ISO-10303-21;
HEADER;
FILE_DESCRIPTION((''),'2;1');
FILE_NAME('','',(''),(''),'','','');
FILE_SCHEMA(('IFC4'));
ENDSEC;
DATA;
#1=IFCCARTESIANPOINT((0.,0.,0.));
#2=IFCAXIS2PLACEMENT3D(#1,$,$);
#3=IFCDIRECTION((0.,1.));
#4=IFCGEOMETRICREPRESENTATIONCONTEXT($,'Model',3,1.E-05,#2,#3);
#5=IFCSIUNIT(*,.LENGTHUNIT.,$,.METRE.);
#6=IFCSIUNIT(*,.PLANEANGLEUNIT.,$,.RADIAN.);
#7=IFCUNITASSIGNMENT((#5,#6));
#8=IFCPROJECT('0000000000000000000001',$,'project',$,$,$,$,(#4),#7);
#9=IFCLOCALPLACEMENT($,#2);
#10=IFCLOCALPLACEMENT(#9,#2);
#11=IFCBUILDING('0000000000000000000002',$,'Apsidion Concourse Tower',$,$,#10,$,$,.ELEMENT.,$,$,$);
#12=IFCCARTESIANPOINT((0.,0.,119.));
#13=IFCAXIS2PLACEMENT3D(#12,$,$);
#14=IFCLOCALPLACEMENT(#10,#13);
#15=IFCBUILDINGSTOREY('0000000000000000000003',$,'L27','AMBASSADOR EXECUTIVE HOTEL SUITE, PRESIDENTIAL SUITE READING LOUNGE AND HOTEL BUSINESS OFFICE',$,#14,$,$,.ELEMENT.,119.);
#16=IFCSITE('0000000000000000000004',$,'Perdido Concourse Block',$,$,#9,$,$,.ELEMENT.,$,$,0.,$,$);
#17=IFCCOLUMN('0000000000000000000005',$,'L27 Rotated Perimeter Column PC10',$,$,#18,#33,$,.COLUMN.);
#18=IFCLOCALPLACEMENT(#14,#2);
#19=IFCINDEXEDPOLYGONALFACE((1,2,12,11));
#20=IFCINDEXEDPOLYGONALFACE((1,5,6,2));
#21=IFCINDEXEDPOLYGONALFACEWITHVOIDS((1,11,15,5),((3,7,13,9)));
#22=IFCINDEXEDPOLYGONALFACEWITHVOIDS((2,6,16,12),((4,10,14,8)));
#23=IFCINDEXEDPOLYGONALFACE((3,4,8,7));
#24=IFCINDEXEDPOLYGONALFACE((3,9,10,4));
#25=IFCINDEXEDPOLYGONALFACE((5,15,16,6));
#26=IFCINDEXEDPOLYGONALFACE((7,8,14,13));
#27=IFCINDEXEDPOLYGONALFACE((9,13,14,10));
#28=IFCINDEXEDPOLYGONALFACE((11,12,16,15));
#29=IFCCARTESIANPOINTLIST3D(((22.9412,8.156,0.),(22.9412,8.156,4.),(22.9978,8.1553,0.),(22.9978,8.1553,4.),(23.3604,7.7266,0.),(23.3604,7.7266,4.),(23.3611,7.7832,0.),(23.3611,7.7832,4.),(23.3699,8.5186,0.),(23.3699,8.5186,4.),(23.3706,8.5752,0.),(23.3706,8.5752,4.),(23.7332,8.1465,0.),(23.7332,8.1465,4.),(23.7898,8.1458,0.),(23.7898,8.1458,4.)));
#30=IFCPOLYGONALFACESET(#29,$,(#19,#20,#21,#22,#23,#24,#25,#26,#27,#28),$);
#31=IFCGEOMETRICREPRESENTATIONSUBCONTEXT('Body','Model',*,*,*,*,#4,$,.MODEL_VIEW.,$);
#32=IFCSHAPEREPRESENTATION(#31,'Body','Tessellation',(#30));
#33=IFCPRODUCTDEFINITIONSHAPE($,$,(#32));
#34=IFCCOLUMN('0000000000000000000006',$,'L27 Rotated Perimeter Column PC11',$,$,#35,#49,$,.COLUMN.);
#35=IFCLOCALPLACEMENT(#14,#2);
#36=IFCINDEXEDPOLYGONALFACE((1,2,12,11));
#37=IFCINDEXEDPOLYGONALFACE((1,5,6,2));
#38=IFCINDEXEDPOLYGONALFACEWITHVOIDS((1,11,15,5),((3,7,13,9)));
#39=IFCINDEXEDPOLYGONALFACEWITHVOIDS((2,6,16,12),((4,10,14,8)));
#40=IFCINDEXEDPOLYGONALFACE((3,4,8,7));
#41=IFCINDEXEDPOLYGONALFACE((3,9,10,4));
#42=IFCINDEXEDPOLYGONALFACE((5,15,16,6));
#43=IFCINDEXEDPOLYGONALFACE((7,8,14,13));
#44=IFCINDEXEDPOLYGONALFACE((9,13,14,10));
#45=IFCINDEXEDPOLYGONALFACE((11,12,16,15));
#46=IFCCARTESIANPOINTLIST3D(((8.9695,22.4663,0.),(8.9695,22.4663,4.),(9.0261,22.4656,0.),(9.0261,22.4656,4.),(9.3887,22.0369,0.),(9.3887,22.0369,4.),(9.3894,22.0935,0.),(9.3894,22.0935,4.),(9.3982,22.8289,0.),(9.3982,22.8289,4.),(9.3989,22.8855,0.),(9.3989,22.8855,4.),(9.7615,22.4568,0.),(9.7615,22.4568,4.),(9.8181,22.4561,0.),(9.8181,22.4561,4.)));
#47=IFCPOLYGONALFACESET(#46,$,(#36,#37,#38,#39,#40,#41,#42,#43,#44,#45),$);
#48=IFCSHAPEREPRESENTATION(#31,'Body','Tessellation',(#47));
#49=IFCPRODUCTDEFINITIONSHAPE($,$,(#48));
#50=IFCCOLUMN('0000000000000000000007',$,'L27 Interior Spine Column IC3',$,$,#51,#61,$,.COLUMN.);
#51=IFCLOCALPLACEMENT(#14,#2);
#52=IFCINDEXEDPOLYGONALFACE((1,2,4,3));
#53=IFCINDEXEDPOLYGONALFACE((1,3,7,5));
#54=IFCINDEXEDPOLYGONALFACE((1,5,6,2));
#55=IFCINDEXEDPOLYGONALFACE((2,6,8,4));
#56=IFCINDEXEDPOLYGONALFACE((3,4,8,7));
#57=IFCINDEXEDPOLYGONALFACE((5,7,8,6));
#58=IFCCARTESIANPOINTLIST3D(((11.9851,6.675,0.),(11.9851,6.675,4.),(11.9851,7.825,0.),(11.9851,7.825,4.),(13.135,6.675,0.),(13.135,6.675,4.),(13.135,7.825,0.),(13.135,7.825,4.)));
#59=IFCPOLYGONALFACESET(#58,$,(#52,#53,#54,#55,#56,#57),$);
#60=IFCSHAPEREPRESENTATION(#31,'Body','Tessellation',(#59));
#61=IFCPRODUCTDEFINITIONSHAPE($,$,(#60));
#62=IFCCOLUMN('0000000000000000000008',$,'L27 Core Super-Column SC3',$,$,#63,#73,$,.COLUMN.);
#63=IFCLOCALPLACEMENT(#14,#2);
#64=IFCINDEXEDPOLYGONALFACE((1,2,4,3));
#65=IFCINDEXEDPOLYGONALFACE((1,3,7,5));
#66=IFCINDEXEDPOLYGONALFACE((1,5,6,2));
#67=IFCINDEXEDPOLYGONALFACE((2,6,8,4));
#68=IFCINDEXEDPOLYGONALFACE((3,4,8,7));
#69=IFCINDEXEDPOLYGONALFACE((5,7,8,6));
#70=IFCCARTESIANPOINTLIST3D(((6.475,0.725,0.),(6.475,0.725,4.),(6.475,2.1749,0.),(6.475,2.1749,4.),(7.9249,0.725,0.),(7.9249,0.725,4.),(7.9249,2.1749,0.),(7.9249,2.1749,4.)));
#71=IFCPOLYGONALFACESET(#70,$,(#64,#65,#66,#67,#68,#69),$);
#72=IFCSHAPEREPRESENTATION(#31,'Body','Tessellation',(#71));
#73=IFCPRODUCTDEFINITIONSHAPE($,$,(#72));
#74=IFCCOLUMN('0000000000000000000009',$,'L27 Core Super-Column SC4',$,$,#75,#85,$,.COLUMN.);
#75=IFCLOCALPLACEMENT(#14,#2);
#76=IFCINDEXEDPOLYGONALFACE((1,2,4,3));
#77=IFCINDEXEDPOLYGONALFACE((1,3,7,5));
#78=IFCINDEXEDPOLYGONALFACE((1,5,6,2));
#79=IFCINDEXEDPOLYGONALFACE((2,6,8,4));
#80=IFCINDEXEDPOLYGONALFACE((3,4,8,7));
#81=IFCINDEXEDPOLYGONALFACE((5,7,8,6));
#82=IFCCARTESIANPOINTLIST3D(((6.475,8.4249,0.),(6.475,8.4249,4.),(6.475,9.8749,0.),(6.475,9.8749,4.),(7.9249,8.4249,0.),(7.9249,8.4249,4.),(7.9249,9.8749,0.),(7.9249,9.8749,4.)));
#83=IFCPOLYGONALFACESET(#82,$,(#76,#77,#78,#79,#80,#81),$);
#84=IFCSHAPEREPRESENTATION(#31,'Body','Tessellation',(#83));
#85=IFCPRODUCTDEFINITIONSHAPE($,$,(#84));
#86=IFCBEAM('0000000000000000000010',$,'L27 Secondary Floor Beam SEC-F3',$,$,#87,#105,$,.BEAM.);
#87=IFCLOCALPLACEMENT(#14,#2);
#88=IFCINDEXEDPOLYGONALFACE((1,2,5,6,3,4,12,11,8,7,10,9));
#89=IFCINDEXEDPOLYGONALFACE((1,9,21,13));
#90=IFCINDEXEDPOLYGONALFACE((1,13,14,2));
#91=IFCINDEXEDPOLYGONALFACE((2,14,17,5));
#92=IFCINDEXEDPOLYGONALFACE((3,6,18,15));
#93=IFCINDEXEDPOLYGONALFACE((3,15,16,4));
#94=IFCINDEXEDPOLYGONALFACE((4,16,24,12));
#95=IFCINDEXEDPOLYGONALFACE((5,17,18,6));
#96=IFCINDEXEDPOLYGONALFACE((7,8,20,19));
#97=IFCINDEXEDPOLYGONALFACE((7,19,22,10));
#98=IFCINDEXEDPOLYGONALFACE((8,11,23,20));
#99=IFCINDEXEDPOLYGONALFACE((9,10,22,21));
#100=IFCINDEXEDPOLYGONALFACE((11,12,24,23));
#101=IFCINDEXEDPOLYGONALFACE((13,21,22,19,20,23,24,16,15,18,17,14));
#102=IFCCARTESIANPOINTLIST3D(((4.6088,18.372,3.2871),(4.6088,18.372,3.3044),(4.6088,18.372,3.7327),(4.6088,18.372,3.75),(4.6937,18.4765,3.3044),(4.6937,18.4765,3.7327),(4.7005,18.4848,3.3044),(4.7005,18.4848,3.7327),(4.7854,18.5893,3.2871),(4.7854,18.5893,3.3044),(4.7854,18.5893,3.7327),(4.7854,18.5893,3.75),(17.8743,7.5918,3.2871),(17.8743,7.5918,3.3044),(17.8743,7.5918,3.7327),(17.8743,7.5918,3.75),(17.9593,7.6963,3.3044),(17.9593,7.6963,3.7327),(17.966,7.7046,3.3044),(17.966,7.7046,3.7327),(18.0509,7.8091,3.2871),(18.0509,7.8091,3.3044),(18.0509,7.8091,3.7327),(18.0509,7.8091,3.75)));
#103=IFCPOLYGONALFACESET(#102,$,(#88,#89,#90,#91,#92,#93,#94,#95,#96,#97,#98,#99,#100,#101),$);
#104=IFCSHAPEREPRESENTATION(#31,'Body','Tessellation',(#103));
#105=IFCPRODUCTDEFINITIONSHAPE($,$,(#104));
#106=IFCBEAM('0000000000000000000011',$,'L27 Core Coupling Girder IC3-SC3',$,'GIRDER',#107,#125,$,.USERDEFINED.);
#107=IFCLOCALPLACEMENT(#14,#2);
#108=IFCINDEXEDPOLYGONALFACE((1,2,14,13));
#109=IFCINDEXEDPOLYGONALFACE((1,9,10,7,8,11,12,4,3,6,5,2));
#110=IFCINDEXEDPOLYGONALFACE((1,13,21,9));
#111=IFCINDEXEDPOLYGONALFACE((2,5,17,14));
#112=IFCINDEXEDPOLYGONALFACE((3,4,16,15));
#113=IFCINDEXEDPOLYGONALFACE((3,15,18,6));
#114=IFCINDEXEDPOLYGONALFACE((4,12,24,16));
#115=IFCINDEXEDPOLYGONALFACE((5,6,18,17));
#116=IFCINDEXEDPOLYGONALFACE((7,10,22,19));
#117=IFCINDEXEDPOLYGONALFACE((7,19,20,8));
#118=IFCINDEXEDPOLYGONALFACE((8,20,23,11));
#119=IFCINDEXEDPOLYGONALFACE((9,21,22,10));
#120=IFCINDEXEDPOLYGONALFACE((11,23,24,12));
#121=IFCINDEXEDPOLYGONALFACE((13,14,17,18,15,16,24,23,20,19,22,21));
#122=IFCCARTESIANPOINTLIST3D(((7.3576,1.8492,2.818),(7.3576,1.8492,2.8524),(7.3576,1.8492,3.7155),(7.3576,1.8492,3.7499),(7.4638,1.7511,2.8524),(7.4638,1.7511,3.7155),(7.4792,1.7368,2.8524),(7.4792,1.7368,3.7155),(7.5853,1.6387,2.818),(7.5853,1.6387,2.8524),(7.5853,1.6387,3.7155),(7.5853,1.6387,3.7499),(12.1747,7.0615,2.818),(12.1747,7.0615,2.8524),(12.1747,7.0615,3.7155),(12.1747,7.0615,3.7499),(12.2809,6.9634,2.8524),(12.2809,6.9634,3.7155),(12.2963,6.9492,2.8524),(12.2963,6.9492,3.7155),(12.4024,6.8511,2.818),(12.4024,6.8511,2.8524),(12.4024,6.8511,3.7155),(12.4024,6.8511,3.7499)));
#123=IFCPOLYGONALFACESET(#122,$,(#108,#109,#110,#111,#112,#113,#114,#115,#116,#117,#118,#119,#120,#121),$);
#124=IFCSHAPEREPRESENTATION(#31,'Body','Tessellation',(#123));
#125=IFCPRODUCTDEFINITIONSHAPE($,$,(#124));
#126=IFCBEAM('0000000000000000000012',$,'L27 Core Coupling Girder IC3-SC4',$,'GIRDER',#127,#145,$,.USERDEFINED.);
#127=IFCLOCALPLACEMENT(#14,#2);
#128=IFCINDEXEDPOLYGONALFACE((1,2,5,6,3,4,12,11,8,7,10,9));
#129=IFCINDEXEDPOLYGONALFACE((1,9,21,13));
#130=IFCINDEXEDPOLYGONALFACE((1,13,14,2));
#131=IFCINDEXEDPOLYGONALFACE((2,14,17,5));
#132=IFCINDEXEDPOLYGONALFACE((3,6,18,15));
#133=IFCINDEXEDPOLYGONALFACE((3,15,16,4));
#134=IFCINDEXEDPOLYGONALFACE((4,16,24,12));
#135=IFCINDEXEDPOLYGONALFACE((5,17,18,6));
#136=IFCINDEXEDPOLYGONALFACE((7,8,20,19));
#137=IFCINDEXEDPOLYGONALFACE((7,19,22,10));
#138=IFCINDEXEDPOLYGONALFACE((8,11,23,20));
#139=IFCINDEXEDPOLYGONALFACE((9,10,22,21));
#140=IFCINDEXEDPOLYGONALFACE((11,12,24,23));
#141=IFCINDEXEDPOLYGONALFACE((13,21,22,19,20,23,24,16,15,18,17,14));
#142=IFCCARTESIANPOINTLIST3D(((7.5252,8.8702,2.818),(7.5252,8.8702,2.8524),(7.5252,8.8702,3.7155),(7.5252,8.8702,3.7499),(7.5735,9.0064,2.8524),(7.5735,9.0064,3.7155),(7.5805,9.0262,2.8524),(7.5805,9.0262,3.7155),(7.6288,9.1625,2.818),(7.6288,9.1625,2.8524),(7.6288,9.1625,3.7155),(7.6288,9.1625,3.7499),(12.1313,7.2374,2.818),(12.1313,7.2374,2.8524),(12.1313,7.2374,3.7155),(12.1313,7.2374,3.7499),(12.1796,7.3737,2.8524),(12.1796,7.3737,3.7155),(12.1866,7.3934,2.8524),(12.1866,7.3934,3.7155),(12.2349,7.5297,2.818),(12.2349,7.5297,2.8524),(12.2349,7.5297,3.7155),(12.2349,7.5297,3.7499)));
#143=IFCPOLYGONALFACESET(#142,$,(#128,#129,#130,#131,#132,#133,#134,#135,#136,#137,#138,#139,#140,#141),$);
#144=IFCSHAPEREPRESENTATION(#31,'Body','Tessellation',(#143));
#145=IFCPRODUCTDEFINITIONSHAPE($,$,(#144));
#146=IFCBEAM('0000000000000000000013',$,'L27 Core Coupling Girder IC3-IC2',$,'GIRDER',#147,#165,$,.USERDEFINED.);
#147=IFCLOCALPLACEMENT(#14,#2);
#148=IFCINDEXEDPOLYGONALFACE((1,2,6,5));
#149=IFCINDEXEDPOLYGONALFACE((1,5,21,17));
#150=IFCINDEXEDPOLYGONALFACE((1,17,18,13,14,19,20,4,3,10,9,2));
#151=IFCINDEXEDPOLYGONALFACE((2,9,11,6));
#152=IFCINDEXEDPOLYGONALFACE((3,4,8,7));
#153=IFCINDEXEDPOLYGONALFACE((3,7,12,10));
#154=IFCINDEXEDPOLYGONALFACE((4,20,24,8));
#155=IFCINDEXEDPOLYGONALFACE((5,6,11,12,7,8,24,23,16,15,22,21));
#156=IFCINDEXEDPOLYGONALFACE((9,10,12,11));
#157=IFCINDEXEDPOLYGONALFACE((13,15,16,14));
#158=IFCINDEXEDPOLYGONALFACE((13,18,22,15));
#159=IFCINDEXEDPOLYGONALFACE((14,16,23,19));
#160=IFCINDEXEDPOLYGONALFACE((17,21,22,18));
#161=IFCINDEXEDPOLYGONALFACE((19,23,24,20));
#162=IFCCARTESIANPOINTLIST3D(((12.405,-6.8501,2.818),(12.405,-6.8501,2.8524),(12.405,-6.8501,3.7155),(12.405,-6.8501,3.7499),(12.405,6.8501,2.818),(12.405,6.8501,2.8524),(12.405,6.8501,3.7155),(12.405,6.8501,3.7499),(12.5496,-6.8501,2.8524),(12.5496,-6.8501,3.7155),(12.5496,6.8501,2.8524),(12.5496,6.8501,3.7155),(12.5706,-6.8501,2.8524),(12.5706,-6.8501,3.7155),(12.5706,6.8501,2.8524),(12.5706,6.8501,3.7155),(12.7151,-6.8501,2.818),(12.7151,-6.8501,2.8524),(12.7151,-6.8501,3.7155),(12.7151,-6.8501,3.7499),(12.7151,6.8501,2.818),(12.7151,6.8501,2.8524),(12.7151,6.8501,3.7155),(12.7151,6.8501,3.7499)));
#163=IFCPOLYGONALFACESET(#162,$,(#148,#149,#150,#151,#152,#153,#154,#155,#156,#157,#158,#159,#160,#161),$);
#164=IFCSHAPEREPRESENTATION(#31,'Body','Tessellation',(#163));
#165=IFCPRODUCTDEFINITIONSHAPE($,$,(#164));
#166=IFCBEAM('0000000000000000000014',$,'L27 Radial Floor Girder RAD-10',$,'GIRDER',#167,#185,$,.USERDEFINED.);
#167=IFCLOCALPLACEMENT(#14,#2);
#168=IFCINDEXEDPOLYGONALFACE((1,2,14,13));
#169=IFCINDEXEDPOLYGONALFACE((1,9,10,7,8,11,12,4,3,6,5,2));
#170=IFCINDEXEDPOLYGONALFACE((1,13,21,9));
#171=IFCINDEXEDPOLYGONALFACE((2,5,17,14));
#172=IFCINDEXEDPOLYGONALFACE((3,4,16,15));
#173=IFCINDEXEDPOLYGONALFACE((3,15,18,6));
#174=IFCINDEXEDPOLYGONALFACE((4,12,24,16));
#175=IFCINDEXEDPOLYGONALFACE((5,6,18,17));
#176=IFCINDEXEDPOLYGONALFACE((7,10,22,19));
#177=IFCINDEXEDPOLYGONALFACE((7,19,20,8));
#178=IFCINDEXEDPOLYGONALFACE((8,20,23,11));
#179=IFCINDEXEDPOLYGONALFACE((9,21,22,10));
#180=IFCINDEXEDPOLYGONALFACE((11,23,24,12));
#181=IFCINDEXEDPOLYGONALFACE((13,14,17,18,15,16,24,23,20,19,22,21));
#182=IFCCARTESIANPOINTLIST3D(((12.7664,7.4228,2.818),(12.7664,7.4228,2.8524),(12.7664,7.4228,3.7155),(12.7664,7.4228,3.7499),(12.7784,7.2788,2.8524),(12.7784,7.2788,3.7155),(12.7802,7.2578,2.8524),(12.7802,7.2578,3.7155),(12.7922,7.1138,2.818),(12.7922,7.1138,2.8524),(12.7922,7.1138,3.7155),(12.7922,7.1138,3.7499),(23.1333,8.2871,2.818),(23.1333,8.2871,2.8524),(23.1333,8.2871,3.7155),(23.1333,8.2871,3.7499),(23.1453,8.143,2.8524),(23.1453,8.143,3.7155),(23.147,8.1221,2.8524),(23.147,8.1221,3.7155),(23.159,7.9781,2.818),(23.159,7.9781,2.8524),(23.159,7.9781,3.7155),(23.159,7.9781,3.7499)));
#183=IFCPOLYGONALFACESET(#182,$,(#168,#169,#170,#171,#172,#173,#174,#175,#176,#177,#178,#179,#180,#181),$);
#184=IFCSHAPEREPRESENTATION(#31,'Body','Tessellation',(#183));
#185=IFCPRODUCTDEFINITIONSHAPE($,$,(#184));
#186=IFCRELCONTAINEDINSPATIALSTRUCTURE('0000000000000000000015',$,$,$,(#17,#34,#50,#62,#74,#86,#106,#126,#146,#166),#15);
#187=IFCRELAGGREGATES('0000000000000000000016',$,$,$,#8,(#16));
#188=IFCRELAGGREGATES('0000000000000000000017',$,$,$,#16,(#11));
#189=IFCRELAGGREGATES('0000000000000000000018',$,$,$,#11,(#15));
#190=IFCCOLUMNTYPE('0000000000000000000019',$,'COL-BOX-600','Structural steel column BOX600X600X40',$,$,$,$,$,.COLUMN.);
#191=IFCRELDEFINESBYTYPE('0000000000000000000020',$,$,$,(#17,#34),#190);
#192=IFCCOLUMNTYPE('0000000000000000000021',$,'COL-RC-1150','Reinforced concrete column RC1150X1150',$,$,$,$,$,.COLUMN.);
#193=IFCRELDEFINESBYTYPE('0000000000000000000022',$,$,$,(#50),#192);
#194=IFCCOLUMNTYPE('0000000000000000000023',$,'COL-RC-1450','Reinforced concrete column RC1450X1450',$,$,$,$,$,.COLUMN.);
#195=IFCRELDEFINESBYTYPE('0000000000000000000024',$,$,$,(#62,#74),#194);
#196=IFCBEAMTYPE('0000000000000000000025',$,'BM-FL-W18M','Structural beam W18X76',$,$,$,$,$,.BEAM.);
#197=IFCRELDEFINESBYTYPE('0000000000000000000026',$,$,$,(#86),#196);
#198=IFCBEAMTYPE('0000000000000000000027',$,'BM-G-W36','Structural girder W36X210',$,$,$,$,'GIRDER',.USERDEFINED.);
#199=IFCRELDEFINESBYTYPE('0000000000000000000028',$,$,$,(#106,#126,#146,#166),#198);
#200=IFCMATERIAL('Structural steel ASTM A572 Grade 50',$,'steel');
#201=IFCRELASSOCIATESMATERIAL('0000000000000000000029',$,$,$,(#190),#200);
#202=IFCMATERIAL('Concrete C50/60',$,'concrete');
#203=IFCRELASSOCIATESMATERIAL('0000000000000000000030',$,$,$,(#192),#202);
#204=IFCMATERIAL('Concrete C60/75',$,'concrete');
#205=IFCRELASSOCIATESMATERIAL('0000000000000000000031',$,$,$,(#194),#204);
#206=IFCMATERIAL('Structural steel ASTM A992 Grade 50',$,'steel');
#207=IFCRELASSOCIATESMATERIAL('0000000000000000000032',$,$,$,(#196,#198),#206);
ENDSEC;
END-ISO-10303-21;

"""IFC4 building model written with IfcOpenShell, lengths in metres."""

from ifc_helpers import new_model, si_unit, direction, frame, origin, origin_2d, place, context, subcontext, project, spatial, rectangle, hollow_rectangle, i_section, extrude, material, material_profile, profile_set, type_object, element, save


model = new_model("IFC4")

# Units and contexts
model_context = context("Model", 3, precision=1e-05, world=origin(), true_north=direction((0.0, 1.0)))
body_context = subcontext(model_context, "Body", "Model", "MODEL_VIEW")
ifc_project = project(units=[si_unit("LENGTHUNIT", "METRE"), si_unit("PLANEANGLEUNIT", "RADIAN")], contexts=[model_context])

# Site, building, storey
site_placement = place(None, origin())
site = spatial("IfcSite", under=ifc_project, at=site_placement, Name="Perdido Concourse Block", CompositionType="ELEMENT", RefElevation=0.0)
building_placement = place(site_placement, origin())
building = spatial("IfcBuilding", under=site, at=building_placement, Name="Apsidion Concourse Tower", CompositionType="ELEMENT")
storey_placement = place(building_placement, frame((0.0, 0.0, 119.0)))
storey = spatial("IfcBuildingStorey", under=building, at=storey_placement, Name="L27", Description="AMBASSADOR EXECUTIVE HOTEL SUITE, PRESIDENTIAL SUITE READING LOUNGE AND HOTEL BUSINESS OFFICE", CompositionType="ELEMENT", Elevation=119.0)

# Columns
ifc_material_1 = material(Name="Structural steel ASTM A572 Grade 50", Category="steel")
ifc_material_profile_1 = material_profile(ifc_material_1, hollow_rectangle(XDim=0.6001, YDim=0.6001, WallThickness=0.04, at=origin_2d()), Name="BOX600X600X40")
ifc_profile_set_1 = profile_set([ifc_material_profile_1], Name="Structural steel ASTM A572 Grade 50")
column_type_1 = type_object("IfcColumnType", Name="COL-BOX-600", Description="Structural steel column BOX600X600X40", PredefinedType="COLUMN", material=ifc_profile_set_1)
for number, where, z_axis, x_axis, name in (
    (1, (23.3655, 8.1509, 0.0), (0.0, 0.0, 1.0), (-0.69854, 0.715571, 0.0), "L27 Rotated Perimeter Column PC10"),
    (2, (9.3938, 22.4612, 0.0), (0.0, 0.0, 1.0), (-0.69854, 0.715571, 0.0), "L27 Rotated Perimeter Column PC11"),
):
    element("IfcColumn", number, at=place(storey_placement, frame(where, z_axis=z_axis, x_axis=x_axis)), inside=storey, type_object=column_type_1, Name=name, PredefinedType="COLUMN", context=body_context, shape_type="SweptSolid", body=[
        extrude(hollow_rectangle(XDim=0.6001, YDim=0.6001, WallThickness=0.04, at=origin_2d()), origin(), (0.0, 0.0, 1.0), 4.0),
    ])
ifc_material_2 = material(Name="Concrete C50/60", Category="concrete")
ifc_material_profile_2 = material_profile(ifc_material_2, rectangle(XDim=1.1499, YDim=1.1499, at=origin_2d()), Name="RC 1150x1150")
ifc_profile_set_2 = profile_set([ifc_material_profile_2], Name="Concrete C50/60")
column_type_2 = type_object("IfcColumnType", Name="COL-RC-1150", Description="Reinforced concrete column RC1150X1150", PredefinedType="COLUMN", material=ifc_profile_set_2)
column_placement = place(storey_placement, frame((12.5601, 7.25, 0.0), z_axis=(0.0, 0.0, 1.0), x_axis=(1.0, 0.0, 0.0)))
element("IfcColumn", 3, at=column_placement, inside=storey, type_object=column_type_2, Name="L27 Interior Spine Column IC3", PredefinedType="COLUMN", context=body_context, shape_type="SweptSolid", body=[
    extrude(rectangle(XDim=1.1499, YDim=1.1499, at=origin_2d()), origin(), (0.0, 0.0, 1.0), 4.0),
])
ifc_material_3 = material(Name="Concrete C60/75", Category="concrete")
ifc_material_profile_3 = material_profile(ifc_material_3, rectangle(XDim=1.45, YDim=1.45, at=origin_2d()), Name="RC 1450x1450")
ifc_profile_set_3 = profile_set([ifc_material_profile_3], Name="Concrete C60/75")
column_type_3 = type_object("IfcColumnType", Name="COL-RC-1450", Description="Reinforced concrete column RC1450X1450", PredefinedType="COLUMN", material=ifc_profile_set_3)
for number, where, z_axis, x_axis, name in (
    (4, (7.2, 1.45, 0.0), (0.0, 0.0, 1.0), (1.0, 0.0, 0.0), "L27 Core Super-Column SC3"),
    (5, (7.2, 9.1499, 0.0), (0.0, 0.0, 1.0), (1.0, 0.0, 0.0), "L27 Core Super-Column SC4"),
):
    element("IfcColumn", number, at=place(storey_placement, frame(where, z_axis=z_axis, x_axis=x_axis)), inside=storey, type_object=column_type_3, Name=name, PredefinedType="COLUMN", context=body_context, shape_type="SweptSolid", body=[
        extrude(rectangle(XDim=1.45, YDim=1.45, at=origin_2d()), origin(), (0.0, 0.0, 1.0), 4.0),
    ])

# Beams
ifc_material_4 = material(Name="Structural steel ASTM A992 Grade 50", Category="steel")
ifc_material_profile_4 = material_profile(ifc_material_4, i_section(OverallWidth=0.28, OverallDepth=0.4629, WebThickness=0.0107, FlangeThickness=0.0173, at=origin_2d()), Name="W18X76")
ifc_profile_set_4 = profile_set([ifc_material_profile_4], Name="Structural steel ASTM A992 Grade 50")
beam_type_1 = type_object("IfcBeamType", Name="BM-FL-W18M", Description="Structural beam W18X76", PredefinedType="BEAM", material=ifc_profile_set_4)
beam_1_placement = place(storey_placement, frame((17.9626, 7.7004, 3.5186), z_axis=(-0.776058, 0.630661, 0.0), x_axis=(-0.630661, -0.776058, 0.0)))
element("IfcBeam", 6, at=beam_1_placement, inside=storey, type_object=beam_type_1, Name="L27 Secondary Floor Beam SEC-F3", PredefinedType="BEAM", context=body_context, shape_type="SweptSolid", body=[
    extrude(i_section(OverallWidth=0.28, OverallDepth=0.4629, WebThickness=0.0107, FlangeThickness=0.0173, at=origin_2d()), origin(), (0.0, 0.0, 1.0), 17.0935),
])
ifc_material_profile_5 = material_profile(ifc_material_4, i_section(OverallWidth=0.3101, OverallDepth=0.9319, WebThickness=0.021, FlangeThickness=0.0344, at=origin_2d()), Name="W36X210")
ifc_profile_set_5 = profile_set([ifc_material_profile_5], Name="Structural steel ASTM A992 Grade 50")
beam_type_2 = type_object("IfcBeamType", Name="BM-G-W36", Description="Structural girder W36X210", ElementType="GIRDER", PredefinedType="USERDEFINED", material=ifc_profile_set_5)
beam_2_placement = place(storey_placement, frame((12.2886, 6.9563, 3.2839), z_axis=(-0.678713, -0.734404, 0.0), x_axis=(0.734404, -0.678713, 0.0)))
element("IfcBeam", 7, at=beam_2_placement, inside=storey, type_object=beam_type_2, Name="L27 Core Coupling Girder IC3-SC3", ObjectType="GIRDER", PredefinedType="USERDEFINED", context=body_context, shape_type="SweptSolid", body=[
    extrude(i_section(OverallWidth=0.3101, OverallDepth=0.9319, WebThickness=0.021, FlangeThickness=0.0344, at=origin_2d()), origin(), (0.0, 0.0, 1.0), 7.0974),
])
beam_3_placement = place(storey_placement, frame((12.1831, 7.3835, 3.2839), z_axis=(-0.942534, 0.334111, 0.0), x_axis=(-0.334111, -0.942534, 0.0)))
element("IfcBeam", 8, at=beam_3_placement, inside=storey, type_object=beam_type_2, Name="L27 Core Coupling Girder IC3-SC4", ObjectType="GIRDER", PredefinedType="USERDEFINED", context=body_context, shape_type="SweptSolid", body=[
    extrude(i_section(OverallWidth=0.3101, OverallDepth=0.9319, WebThickness=0.021, FlangeThickness=0.0344, at=origin_2d()), origin(), (0.0, 0.0, 1.0), 4.887),
])
beam_4_placement = place(storey_placement, frame((12.5601, 6.8501, 3.2839), z_axis=(0.0, -1.0, 0.0), x_axis=(1.0, 0.0, 0.0)))
element("IfcBeam", 9, at=beam_4_placement, inside=storey, type_object=beam_type_2, Name="L27 Core Coupling Girder IC3-IC2", ObjectType="GIRDER", PredefinedType="USERDEFINED", context=body_context, shape_type="SweptSolid", body=[
    extrude(i_section(OverallWidth=0.3101, OverallDepth=0.9319, WebThickness=0.021, FlangeThickness=0.0344, at=origin_2d()), origin(), (0.0, 0.0, 1.0), 13.7002),
])
beam_5_placement = place(storey_placement, frame((12.7793, 7.2683, 3.2839), z_axis=(0.996543, 0.083078, 0.0), x_axis=(-0.083078, 0.996543, 0.0)))
element("IfcBeam", 10, at=beam_5_placement, inside=storey, type_object=beam_type_2, Name="L27 Radial Floor Girder RAD-10", ObjectType="GIRDER", PredefinedType="USERDEFINED", context=body_context, shape_type="SweptSolid", body=[
    extrude(i_section(OverallWidth=0.3101, OverallDepth=0.9319, WebThickness=0.021, FlangeThickness=0.0344, at=origin_2d()), origin(), (0.0, 0.0, 1.0), 10.4028),
])

save(model, "model.ifc")
